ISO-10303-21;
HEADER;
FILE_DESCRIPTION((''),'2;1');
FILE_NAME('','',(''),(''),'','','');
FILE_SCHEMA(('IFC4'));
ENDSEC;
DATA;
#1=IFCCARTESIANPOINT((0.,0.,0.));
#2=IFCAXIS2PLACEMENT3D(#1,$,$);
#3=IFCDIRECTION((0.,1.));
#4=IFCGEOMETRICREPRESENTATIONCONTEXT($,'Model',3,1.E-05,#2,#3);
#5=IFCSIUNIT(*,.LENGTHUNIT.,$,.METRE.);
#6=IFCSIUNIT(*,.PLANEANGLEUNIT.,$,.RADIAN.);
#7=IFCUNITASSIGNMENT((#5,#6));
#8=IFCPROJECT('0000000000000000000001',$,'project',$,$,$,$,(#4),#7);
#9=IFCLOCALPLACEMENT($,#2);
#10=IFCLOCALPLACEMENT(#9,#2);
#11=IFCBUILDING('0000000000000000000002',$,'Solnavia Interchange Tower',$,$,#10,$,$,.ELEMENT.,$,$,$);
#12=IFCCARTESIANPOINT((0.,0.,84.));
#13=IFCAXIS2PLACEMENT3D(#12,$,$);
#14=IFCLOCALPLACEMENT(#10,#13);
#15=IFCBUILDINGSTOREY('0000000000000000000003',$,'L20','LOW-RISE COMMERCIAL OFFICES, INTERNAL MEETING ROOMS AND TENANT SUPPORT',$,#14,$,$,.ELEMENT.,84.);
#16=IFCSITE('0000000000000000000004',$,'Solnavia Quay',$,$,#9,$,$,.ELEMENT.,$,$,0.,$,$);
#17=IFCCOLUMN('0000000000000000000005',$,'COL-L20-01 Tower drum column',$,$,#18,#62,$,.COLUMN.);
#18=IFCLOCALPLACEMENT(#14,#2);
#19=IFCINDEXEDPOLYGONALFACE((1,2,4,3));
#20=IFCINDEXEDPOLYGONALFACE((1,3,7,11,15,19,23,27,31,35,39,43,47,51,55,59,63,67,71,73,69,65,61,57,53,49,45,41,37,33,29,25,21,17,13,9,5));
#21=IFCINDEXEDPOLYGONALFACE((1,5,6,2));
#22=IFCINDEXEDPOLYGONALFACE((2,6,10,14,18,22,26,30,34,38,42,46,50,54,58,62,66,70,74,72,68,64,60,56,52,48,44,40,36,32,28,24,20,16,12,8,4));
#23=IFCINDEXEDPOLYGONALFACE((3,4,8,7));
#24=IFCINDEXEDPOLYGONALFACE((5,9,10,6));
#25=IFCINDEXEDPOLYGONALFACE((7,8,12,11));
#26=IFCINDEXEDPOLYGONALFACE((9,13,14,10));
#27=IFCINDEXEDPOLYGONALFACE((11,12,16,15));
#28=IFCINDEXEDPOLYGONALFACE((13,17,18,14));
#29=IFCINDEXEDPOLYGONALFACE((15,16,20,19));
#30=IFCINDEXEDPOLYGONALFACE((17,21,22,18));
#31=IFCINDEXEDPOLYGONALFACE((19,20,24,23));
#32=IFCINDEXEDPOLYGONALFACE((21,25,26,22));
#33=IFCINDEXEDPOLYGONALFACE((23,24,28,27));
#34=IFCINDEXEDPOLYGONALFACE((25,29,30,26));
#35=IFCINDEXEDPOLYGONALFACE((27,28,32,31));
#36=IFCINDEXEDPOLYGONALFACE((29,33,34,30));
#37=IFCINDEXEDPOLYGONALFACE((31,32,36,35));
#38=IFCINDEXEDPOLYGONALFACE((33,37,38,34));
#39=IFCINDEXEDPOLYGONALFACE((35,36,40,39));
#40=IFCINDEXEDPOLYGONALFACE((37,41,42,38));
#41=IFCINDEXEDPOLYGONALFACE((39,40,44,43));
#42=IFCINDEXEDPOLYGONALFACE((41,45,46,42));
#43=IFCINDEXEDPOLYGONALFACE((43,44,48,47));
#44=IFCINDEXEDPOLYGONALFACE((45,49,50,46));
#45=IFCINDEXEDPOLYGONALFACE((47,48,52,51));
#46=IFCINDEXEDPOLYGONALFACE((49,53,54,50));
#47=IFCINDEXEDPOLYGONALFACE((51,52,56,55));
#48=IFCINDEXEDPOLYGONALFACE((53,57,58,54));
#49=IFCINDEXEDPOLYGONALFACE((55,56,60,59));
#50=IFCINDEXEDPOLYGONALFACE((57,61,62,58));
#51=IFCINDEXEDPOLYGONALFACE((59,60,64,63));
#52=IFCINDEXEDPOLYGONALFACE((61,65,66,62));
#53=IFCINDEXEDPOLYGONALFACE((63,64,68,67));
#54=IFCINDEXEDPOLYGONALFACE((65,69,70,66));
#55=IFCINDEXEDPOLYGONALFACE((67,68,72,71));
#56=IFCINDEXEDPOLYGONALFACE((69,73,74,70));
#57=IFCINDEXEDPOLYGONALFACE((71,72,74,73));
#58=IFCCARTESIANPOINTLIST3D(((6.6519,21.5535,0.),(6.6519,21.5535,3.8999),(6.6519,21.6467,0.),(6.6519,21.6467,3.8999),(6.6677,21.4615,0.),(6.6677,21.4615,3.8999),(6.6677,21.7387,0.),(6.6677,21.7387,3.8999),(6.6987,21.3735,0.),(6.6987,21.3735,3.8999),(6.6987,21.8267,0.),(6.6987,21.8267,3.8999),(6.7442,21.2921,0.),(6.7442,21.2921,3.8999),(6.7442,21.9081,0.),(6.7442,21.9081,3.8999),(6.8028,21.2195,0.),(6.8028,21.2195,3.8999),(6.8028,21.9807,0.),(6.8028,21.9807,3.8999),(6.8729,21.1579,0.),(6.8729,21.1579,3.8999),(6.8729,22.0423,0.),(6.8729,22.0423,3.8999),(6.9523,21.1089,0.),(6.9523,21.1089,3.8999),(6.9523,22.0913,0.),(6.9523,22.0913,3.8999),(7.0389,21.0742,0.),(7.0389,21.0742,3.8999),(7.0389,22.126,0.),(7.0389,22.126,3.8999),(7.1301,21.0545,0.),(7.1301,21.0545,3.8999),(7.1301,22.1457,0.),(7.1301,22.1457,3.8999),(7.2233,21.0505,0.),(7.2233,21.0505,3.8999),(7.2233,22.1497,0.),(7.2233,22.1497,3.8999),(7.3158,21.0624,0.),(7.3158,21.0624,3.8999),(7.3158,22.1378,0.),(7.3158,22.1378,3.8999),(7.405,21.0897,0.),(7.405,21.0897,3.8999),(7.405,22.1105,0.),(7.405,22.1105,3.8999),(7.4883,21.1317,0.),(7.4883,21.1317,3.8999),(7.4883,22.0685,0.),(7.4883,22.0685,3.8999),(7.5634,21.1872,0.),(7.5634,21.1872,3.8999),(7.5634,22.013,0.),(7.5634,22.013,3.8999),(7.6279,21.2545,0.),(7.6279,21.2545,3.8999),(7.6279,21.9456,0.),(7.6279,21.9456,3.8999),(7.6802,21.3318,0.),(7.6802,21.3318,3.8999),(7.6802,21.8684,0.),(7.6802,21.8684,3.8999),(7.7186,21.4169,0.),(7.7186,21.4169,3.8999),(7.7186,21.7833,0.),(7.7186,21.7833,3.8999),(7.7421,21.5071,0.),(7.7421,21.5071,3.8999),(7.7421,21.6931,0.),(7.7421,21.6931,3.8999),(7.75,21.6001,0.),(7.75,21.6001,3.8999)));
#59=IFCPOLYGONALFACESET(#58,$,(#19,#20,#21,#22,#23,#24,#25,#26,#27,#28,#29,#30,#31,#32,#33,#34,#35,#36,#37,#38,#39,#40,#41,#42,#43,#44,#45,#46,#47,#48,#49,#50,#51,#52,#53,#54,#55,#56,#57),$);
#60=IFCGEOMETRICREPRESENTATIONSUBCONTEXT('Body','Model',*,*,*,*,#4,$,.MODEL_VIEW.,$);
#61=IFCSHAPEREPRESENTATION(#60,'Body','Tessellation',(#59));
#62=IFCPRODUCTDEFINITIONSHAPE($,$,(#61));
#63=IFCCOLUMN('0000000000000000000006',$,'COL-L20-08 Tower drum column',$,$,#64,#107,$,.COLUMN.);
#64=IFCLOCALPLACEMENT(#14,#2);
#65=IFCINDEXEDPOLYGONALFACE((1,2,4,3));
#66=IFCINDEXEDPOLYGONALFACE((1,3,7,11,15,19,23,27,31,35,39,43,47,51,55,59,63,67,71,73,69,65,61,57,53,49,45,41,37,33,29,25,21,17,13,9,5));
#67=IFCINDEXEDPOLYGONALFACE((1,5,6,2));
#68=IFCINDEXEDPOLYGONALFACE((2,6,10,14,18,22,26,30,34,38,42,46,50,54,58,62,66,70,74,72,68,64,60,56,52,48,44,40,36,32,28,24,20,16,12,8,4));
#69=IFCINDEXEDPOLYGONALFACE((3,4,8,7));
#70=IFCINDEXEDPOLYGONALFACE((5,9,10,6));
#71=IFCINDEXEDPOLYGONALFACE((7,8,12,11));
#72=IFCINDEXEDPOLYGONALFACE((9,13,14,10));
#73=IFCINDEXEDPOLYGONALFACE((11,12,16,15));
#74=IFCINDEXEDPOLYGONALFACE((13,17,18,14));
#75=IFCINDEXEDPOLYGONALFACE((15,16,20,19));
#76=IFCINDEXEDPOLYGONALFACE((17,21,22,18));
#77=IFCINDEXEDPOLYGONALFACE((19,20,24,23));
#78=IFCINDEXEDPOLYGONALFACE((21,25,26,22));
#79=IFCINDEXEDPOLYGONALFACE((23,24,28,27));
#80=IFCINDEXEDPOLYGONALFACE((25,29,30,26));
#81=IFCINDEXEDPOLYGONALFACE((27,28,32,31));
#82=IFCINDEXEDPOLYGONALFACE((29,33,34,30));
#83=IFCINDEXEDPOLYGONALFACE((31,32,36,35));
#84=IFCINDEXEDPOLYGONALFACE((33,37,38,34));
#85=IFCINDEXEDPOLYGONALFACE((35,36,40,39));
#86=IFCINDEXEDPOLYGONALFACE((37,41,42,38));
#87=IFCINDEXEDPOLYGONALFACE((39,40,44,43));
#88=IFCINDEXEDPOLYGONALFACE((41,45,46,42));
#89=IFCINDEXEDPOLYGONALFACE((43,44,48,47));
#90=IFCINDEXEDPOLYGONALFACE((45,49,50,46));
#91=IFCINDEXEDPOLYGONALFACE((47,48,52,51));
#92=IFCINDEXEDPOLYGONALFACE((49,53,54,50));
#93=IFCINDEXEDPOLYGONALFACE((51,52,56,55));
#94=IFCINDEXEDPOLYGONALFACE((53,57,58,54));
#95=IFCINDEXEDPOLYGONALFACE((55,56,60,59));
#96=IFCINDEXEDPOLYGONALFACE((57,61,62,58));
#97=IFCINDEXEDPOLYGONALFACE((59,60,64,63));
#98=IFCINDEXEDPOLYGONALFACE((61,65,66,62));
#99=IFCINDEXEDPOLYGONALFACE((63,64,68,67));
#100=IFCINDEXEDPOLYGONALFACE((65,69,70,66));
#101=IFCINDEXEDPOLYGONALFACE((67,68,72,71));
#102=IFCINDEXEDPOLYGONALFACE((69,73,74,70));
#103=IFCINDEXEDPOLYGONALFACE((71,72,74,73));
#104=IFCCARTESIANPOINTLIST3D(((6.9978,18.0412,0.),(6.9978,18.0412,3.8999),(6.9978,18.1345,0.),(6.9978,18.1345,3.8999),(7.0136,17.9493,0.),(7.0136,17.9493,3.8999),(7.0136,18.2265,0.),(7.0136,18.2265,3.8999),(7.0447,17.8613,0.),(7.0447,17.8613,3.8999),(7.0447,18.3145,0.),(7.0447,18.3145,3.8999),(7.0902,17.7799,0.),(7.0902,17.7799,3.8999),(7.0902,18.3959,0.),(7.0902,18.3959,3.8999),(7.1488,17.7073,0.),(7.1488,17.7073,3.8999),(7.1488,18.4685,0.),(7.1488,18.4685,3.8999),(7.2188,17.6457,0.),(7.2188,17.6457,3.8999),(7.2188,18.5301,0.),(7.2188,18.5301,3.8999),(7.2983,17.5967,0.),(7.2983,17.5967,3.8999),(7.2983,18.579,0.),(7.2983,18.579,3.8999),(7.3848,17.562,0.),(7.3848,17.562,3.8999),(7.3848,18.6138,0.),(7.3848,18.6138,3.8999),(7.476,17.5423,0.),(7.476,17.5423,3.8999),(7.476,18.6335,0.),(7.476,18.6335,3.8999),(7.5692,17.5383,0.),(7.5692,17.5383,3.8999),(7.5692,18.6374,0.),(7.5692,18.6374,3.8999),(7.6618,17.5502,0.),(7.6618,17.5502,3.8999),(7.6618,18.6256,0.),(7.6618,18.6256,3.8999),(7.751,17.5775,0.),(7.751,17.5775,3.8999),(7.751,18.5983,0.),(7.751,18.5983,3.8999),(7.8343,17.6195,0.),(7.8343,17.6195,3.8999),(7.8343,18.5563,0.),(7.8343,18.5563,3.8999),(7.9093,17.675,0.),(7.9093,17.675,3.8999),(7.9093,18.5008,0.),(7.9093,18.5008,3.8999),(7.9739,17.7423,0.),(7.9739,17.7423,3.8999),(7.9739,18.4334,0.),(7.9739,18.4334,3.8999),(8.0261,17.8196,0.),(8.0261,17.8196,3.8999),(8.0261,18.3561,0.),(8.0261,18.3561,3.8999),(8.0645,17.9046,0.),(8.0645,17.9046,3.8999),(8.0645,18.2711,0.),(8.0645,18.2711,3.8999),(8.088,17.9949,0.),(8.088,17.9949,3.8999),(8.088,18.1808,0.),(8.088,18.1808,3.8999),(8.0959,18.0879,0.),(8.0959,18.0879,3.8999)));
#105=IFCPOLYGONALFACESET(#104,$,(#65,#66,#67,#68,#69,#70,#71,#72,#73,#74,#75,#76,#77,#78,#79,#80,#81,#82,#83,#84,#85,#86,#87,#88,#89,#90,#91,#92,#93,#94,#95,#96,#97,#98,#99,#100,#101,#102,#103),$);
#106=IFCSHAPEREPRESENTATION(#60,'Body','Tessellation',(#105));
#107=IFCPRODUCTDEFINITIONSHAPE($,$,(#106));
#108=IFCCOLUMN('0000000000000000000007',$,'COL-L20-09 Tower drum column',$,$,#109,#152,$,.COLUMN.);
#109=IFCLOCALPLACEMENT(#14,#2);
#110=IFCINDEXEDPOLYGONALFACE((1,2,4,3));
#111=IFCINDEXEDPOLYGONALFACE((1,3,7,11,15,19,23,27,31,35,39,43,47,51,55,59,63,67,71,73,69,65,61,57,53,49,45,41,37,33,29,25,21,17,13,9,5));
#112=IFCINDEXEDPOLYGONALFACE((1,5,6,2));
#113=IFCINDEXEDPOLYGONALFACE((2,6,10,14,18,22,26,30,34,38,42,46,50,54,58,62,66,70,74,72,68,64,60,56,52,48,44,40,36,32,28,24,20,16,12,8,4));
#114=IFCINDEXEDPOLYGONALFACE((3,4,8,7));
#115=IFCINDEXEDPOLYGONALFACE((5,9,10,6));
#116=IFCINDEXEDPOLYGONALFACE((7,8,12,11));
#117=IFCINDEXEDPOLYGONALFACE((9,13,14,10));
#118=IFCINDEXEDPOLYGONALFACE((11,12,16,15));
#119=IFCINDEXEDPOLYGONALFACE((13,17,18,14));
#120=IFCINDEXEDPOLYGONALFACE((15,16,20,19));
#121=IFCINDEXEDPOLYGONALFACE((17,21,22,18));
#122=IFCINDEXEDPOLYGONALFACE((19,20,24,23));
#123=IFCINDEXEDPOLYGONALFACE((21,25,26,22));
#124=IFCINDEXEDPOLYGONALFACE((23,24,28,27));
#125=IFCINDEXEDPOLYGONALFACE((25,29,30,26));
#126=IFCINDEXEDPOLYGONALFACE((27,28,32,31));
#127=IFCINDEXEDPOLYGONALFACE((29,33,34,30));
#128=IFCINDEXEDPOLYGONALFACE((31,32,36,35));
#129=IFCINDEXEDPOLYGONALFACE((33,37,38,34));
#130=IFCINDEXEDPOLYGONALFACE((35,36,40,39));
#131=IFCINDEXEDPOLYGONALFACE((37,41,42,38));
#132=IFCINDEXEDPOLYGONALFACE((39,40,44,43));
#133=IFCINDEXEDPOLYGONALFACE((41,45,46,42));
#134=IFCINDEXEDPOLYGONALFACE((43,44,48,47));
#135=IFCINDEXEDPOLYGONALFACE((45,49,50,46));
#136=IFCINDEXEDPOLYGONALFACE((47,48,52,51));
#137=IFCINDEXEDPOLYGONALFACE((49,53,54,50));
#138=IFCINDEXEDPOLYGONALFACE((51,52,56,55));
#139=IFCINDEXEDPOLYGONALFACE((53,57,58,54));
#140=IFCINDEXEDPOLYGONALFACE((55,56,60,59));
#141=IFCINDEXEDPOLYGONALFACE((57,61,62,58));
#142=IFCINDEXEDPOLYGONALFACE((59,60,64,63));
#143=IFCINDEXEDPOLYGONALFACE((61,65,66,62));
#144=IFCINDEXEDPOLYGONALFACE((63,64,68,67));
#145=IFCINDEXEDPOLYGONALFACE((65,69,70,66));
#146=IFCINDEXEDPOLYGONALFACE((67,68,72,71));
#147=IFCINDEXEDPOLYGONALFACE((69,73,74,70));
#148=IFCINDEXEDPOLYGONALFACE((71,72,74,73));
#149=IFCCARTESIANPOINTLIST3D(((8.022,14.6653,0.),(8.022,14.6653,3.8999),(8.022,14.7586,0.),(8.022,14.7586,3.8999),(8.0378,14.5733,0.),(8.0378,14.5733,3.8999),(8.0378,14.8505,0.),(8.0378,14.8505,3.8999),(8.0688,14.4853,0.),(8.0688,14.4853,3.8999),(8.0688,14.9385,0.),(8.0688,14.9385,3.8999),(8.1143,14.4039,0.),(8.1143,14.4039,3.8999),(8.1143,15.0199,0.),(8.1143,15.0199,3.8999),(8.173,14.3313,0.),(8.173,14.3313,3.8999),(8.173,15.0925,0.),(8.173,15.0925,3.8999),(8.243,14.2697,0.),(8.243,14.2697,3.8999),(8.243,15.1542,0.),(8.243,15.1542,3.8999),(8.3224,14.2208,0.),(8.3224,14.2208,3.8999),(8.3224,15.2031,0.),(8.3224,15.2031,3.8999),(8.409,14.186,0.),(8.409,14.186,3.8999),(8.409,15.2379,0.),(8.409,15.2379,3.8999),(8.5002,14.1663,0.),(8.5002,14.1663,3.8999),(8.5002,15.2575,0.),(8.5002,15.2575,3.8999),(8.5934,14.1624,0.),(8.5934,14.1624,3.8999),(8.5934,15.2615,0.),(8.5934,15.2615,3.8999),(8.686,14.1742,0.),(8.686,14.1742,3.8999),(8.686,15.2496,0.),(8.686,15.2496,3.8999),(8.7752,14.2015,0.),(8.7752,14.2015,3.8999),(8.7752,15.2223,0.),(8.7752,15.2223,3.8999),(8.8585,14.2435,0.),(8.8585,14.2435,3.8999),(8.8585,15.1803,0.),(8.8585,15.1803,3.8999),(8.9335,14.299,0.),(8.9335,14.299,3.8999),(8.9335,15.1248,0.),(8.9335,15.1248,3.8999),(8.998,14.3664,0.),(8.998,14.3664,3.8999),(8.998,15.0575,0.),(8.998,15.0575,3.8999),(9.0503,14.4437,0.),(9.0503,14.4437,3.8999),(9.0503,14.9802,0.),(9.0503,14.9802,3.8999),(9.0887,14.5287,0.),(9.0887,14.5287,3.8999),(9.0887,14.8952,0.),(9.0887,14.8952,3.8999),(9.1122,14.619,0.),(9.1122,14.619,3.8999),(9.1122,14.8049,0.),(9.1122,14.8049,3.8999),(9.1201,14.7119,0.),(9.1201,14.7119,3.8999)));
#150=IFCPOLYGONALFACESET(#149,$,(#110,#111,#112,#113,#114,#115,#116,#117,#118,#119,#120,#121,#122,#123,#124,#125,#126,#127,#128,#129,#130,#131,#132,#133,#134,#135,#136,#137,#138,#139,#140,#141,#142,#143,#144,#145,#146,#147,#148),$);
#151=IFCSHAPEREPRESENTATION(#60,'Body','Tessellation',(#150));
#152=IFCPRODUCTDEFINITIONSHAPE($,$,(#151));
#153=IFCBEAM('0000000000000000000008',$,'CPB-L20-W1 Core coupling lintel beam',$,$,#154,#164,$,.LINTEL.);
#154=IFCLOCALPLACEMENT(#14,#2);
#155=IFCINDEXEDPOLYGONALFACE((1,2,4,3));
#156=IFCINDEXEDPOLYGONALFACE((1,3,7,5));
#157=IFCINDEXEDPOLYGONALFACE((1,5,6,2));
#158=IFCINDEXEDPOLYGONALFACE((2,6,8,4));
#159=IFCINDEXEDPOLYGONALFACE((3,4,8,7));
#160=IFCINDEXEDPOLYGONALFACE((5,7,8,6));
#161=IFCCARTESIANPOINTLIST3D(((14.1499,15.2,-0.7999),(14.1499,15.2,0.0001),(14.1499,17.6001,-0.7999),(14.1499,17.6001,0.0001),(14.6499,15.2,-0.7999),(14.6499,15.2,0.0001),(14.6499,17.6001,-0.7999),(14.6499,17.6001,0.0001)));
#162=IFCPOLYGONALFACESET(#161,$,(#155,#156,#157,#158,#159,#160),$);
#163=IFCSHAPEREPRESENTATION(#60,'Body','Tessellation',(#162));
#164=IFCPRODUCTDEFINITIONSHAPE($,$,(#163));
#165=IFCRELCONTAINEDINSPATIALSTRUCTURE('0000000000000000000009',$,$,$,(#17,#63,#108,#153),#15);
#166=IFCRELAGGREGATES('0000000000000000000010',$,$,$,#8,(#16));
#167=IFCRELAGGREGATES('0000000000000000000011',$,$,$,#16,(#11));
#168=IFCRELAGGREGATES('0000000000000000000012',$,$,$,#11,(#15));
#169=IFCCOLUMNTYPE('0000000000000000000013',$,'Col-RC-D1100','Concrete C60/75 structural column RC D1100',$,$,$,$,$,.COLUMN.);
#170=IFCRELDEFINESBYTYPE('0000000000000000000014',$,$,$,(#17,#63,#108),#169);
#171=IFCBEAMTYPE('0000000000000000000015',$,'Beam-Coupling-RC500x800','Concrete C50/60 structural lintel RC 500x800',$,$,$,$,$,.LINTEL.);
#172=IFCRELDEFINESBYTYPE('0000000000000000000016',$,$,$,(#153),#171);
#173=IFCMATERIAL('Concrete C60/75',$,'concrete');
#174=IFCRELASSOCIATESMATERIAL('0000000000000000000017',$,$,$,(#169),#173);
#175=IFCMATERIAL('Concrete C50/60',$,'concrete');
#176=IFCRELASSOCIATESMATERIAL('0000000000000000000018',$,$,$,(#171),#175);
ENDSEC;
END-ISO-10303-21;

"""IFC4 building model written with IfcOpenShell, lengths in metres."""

from ifc_helpers import new_model, si_unit, direction, frame, origin, origin_2d, place, context, subcontext, project, spatial, rectangle, circle, extrude, material, material_profile, profile_set, type_object, element, save


model = new_model("IFC4")

# Units and contexts
model_context = context("Model", 3, precision=1e-05, world=origin(), true_north=direction((0.0, 1.0)))
body_context = subcontext(model_context, "Body", "Model", "MODEL_VIEW")
ifc_project = project(units=[si_unit("LENGTHUNIT", "METRE"), si_unit("PLANEANGLEUNIT", "RADIAN")], contexts=[model_context])

# Site, building, storey
site_placement = place(None, origin())
site = spatial("IfcSite", under=ifc_project, at=site_placement, Name="Solnavia Quay", CompositionType="ELEMENT", RefElevation=0.0)
building_placement = place(site_placement, origin())
building = spatial("IfcBuilding", under=site, at=building_placement, Name="Solnavia Interchange Tower", CompositionType="ELEMENT")
storey_placement = place(building_placement, frame((0.0, 0.0, 84.0)))
storey = spatial("IfcBuildingStorey", under=building, at=storey_placement, Name="L20", Description="LOW-RISE COMMERCIAL OFFICES, INTERNAL MEETING ROOMS AND TENANT SUPPORT", CompositionType="ELEMENT", Elevation=84.0)

# Columns
ifc_material_1 = material(Name="Concrete C60/75", Category="concrete")
ifc_material_profile_1 = material_profile(ifc_material_1, circle(Radius=0.55, at=origin_2d()), Name="RC D1100")
ifc_profile_set_1 = profile_set([ifc_material_profile_1], Name="Concrete C60/75")
column_type = type_object("IfcColumnType", Name="Col-RC-D1100", Description="Concrete C60/75 structural column RC D1100", PredefinedType="COLUMN", material=ifc_profile_set_1)
for number, where, z_axis, x_axis, name in (
    (1, (7.2, 21.6001, 0.0), (0.0, 0.0, 1.0), (1.0, 0.0, 0.0), "COL-L20-01 Tower drum column"),
    (2, (7.5459, 18.0879, 0.0), (0.0, 0.0, 1.0), (1.0, 0.0, 0.0), "COL-L20-08 Tower drum column"),
    (3, (8.5701, 14.7119, 0.0), (0.0, 0.0, 1.0), (1.0, 0.0, 0.0), "COL-L20-09 Tower drum column"),
):
    element("IfcColumn", number, at=place(storey_placement, frame(where, z_axis=z_axis, x_axis=x_axis)), inside=storey, type_object=column_type, Name=name, PredefinedType="COLUMN", context=body_context, shape_type="SweptSolid", body=[
        extrude(circle(Radius=0.55, at=origin_2d()), origin(), (0.0, 0.0, 1.0), 3.8999),
    ])

# Beam
ifc_material_2 = material(Name="Concrete C50/60", Category="concrete")
ifc_material_profile_2 = material_profile(ifc_material_2, rectangle(XDim=0.5, YDim=0.8, at=origin_2d()), Name="RC 500x800")
ifc_profile_set_2 = profile_set([ifc_material_profile_2], Name="Concrete C50/60")
beam_type_1 = type_object("IfcBeamType", Name="Beam-Coupling-RC500x800", Description="Concrete C50/60 structural lintel RC 500x800", PredefinedType="LINTEL", material=ifc_profile_set_2)
beam_1_placement = place(storey_placement, frame((14.3999, 15.2, -0.3999), z_axis=(0.0, 1.0, 0.0), x_axis=(-1.0, 0.0, 0.0)))
element("IfcBeam", 4, at=beam_1_placement, inside=storey, type_object=beam_type_1, Name="CPB-L20-W1 Core coupling lintel beam", PredefinedType="LINTEL", context=body_context, shape_type="SweptSolid", body=[
    extrude(rectangle(XDim=0.5, YDim=0.8, at=origin_2d()), origin(), (0.0, 0.0, 1.0), 2.4001),
])

save(model, "model.ifc")
